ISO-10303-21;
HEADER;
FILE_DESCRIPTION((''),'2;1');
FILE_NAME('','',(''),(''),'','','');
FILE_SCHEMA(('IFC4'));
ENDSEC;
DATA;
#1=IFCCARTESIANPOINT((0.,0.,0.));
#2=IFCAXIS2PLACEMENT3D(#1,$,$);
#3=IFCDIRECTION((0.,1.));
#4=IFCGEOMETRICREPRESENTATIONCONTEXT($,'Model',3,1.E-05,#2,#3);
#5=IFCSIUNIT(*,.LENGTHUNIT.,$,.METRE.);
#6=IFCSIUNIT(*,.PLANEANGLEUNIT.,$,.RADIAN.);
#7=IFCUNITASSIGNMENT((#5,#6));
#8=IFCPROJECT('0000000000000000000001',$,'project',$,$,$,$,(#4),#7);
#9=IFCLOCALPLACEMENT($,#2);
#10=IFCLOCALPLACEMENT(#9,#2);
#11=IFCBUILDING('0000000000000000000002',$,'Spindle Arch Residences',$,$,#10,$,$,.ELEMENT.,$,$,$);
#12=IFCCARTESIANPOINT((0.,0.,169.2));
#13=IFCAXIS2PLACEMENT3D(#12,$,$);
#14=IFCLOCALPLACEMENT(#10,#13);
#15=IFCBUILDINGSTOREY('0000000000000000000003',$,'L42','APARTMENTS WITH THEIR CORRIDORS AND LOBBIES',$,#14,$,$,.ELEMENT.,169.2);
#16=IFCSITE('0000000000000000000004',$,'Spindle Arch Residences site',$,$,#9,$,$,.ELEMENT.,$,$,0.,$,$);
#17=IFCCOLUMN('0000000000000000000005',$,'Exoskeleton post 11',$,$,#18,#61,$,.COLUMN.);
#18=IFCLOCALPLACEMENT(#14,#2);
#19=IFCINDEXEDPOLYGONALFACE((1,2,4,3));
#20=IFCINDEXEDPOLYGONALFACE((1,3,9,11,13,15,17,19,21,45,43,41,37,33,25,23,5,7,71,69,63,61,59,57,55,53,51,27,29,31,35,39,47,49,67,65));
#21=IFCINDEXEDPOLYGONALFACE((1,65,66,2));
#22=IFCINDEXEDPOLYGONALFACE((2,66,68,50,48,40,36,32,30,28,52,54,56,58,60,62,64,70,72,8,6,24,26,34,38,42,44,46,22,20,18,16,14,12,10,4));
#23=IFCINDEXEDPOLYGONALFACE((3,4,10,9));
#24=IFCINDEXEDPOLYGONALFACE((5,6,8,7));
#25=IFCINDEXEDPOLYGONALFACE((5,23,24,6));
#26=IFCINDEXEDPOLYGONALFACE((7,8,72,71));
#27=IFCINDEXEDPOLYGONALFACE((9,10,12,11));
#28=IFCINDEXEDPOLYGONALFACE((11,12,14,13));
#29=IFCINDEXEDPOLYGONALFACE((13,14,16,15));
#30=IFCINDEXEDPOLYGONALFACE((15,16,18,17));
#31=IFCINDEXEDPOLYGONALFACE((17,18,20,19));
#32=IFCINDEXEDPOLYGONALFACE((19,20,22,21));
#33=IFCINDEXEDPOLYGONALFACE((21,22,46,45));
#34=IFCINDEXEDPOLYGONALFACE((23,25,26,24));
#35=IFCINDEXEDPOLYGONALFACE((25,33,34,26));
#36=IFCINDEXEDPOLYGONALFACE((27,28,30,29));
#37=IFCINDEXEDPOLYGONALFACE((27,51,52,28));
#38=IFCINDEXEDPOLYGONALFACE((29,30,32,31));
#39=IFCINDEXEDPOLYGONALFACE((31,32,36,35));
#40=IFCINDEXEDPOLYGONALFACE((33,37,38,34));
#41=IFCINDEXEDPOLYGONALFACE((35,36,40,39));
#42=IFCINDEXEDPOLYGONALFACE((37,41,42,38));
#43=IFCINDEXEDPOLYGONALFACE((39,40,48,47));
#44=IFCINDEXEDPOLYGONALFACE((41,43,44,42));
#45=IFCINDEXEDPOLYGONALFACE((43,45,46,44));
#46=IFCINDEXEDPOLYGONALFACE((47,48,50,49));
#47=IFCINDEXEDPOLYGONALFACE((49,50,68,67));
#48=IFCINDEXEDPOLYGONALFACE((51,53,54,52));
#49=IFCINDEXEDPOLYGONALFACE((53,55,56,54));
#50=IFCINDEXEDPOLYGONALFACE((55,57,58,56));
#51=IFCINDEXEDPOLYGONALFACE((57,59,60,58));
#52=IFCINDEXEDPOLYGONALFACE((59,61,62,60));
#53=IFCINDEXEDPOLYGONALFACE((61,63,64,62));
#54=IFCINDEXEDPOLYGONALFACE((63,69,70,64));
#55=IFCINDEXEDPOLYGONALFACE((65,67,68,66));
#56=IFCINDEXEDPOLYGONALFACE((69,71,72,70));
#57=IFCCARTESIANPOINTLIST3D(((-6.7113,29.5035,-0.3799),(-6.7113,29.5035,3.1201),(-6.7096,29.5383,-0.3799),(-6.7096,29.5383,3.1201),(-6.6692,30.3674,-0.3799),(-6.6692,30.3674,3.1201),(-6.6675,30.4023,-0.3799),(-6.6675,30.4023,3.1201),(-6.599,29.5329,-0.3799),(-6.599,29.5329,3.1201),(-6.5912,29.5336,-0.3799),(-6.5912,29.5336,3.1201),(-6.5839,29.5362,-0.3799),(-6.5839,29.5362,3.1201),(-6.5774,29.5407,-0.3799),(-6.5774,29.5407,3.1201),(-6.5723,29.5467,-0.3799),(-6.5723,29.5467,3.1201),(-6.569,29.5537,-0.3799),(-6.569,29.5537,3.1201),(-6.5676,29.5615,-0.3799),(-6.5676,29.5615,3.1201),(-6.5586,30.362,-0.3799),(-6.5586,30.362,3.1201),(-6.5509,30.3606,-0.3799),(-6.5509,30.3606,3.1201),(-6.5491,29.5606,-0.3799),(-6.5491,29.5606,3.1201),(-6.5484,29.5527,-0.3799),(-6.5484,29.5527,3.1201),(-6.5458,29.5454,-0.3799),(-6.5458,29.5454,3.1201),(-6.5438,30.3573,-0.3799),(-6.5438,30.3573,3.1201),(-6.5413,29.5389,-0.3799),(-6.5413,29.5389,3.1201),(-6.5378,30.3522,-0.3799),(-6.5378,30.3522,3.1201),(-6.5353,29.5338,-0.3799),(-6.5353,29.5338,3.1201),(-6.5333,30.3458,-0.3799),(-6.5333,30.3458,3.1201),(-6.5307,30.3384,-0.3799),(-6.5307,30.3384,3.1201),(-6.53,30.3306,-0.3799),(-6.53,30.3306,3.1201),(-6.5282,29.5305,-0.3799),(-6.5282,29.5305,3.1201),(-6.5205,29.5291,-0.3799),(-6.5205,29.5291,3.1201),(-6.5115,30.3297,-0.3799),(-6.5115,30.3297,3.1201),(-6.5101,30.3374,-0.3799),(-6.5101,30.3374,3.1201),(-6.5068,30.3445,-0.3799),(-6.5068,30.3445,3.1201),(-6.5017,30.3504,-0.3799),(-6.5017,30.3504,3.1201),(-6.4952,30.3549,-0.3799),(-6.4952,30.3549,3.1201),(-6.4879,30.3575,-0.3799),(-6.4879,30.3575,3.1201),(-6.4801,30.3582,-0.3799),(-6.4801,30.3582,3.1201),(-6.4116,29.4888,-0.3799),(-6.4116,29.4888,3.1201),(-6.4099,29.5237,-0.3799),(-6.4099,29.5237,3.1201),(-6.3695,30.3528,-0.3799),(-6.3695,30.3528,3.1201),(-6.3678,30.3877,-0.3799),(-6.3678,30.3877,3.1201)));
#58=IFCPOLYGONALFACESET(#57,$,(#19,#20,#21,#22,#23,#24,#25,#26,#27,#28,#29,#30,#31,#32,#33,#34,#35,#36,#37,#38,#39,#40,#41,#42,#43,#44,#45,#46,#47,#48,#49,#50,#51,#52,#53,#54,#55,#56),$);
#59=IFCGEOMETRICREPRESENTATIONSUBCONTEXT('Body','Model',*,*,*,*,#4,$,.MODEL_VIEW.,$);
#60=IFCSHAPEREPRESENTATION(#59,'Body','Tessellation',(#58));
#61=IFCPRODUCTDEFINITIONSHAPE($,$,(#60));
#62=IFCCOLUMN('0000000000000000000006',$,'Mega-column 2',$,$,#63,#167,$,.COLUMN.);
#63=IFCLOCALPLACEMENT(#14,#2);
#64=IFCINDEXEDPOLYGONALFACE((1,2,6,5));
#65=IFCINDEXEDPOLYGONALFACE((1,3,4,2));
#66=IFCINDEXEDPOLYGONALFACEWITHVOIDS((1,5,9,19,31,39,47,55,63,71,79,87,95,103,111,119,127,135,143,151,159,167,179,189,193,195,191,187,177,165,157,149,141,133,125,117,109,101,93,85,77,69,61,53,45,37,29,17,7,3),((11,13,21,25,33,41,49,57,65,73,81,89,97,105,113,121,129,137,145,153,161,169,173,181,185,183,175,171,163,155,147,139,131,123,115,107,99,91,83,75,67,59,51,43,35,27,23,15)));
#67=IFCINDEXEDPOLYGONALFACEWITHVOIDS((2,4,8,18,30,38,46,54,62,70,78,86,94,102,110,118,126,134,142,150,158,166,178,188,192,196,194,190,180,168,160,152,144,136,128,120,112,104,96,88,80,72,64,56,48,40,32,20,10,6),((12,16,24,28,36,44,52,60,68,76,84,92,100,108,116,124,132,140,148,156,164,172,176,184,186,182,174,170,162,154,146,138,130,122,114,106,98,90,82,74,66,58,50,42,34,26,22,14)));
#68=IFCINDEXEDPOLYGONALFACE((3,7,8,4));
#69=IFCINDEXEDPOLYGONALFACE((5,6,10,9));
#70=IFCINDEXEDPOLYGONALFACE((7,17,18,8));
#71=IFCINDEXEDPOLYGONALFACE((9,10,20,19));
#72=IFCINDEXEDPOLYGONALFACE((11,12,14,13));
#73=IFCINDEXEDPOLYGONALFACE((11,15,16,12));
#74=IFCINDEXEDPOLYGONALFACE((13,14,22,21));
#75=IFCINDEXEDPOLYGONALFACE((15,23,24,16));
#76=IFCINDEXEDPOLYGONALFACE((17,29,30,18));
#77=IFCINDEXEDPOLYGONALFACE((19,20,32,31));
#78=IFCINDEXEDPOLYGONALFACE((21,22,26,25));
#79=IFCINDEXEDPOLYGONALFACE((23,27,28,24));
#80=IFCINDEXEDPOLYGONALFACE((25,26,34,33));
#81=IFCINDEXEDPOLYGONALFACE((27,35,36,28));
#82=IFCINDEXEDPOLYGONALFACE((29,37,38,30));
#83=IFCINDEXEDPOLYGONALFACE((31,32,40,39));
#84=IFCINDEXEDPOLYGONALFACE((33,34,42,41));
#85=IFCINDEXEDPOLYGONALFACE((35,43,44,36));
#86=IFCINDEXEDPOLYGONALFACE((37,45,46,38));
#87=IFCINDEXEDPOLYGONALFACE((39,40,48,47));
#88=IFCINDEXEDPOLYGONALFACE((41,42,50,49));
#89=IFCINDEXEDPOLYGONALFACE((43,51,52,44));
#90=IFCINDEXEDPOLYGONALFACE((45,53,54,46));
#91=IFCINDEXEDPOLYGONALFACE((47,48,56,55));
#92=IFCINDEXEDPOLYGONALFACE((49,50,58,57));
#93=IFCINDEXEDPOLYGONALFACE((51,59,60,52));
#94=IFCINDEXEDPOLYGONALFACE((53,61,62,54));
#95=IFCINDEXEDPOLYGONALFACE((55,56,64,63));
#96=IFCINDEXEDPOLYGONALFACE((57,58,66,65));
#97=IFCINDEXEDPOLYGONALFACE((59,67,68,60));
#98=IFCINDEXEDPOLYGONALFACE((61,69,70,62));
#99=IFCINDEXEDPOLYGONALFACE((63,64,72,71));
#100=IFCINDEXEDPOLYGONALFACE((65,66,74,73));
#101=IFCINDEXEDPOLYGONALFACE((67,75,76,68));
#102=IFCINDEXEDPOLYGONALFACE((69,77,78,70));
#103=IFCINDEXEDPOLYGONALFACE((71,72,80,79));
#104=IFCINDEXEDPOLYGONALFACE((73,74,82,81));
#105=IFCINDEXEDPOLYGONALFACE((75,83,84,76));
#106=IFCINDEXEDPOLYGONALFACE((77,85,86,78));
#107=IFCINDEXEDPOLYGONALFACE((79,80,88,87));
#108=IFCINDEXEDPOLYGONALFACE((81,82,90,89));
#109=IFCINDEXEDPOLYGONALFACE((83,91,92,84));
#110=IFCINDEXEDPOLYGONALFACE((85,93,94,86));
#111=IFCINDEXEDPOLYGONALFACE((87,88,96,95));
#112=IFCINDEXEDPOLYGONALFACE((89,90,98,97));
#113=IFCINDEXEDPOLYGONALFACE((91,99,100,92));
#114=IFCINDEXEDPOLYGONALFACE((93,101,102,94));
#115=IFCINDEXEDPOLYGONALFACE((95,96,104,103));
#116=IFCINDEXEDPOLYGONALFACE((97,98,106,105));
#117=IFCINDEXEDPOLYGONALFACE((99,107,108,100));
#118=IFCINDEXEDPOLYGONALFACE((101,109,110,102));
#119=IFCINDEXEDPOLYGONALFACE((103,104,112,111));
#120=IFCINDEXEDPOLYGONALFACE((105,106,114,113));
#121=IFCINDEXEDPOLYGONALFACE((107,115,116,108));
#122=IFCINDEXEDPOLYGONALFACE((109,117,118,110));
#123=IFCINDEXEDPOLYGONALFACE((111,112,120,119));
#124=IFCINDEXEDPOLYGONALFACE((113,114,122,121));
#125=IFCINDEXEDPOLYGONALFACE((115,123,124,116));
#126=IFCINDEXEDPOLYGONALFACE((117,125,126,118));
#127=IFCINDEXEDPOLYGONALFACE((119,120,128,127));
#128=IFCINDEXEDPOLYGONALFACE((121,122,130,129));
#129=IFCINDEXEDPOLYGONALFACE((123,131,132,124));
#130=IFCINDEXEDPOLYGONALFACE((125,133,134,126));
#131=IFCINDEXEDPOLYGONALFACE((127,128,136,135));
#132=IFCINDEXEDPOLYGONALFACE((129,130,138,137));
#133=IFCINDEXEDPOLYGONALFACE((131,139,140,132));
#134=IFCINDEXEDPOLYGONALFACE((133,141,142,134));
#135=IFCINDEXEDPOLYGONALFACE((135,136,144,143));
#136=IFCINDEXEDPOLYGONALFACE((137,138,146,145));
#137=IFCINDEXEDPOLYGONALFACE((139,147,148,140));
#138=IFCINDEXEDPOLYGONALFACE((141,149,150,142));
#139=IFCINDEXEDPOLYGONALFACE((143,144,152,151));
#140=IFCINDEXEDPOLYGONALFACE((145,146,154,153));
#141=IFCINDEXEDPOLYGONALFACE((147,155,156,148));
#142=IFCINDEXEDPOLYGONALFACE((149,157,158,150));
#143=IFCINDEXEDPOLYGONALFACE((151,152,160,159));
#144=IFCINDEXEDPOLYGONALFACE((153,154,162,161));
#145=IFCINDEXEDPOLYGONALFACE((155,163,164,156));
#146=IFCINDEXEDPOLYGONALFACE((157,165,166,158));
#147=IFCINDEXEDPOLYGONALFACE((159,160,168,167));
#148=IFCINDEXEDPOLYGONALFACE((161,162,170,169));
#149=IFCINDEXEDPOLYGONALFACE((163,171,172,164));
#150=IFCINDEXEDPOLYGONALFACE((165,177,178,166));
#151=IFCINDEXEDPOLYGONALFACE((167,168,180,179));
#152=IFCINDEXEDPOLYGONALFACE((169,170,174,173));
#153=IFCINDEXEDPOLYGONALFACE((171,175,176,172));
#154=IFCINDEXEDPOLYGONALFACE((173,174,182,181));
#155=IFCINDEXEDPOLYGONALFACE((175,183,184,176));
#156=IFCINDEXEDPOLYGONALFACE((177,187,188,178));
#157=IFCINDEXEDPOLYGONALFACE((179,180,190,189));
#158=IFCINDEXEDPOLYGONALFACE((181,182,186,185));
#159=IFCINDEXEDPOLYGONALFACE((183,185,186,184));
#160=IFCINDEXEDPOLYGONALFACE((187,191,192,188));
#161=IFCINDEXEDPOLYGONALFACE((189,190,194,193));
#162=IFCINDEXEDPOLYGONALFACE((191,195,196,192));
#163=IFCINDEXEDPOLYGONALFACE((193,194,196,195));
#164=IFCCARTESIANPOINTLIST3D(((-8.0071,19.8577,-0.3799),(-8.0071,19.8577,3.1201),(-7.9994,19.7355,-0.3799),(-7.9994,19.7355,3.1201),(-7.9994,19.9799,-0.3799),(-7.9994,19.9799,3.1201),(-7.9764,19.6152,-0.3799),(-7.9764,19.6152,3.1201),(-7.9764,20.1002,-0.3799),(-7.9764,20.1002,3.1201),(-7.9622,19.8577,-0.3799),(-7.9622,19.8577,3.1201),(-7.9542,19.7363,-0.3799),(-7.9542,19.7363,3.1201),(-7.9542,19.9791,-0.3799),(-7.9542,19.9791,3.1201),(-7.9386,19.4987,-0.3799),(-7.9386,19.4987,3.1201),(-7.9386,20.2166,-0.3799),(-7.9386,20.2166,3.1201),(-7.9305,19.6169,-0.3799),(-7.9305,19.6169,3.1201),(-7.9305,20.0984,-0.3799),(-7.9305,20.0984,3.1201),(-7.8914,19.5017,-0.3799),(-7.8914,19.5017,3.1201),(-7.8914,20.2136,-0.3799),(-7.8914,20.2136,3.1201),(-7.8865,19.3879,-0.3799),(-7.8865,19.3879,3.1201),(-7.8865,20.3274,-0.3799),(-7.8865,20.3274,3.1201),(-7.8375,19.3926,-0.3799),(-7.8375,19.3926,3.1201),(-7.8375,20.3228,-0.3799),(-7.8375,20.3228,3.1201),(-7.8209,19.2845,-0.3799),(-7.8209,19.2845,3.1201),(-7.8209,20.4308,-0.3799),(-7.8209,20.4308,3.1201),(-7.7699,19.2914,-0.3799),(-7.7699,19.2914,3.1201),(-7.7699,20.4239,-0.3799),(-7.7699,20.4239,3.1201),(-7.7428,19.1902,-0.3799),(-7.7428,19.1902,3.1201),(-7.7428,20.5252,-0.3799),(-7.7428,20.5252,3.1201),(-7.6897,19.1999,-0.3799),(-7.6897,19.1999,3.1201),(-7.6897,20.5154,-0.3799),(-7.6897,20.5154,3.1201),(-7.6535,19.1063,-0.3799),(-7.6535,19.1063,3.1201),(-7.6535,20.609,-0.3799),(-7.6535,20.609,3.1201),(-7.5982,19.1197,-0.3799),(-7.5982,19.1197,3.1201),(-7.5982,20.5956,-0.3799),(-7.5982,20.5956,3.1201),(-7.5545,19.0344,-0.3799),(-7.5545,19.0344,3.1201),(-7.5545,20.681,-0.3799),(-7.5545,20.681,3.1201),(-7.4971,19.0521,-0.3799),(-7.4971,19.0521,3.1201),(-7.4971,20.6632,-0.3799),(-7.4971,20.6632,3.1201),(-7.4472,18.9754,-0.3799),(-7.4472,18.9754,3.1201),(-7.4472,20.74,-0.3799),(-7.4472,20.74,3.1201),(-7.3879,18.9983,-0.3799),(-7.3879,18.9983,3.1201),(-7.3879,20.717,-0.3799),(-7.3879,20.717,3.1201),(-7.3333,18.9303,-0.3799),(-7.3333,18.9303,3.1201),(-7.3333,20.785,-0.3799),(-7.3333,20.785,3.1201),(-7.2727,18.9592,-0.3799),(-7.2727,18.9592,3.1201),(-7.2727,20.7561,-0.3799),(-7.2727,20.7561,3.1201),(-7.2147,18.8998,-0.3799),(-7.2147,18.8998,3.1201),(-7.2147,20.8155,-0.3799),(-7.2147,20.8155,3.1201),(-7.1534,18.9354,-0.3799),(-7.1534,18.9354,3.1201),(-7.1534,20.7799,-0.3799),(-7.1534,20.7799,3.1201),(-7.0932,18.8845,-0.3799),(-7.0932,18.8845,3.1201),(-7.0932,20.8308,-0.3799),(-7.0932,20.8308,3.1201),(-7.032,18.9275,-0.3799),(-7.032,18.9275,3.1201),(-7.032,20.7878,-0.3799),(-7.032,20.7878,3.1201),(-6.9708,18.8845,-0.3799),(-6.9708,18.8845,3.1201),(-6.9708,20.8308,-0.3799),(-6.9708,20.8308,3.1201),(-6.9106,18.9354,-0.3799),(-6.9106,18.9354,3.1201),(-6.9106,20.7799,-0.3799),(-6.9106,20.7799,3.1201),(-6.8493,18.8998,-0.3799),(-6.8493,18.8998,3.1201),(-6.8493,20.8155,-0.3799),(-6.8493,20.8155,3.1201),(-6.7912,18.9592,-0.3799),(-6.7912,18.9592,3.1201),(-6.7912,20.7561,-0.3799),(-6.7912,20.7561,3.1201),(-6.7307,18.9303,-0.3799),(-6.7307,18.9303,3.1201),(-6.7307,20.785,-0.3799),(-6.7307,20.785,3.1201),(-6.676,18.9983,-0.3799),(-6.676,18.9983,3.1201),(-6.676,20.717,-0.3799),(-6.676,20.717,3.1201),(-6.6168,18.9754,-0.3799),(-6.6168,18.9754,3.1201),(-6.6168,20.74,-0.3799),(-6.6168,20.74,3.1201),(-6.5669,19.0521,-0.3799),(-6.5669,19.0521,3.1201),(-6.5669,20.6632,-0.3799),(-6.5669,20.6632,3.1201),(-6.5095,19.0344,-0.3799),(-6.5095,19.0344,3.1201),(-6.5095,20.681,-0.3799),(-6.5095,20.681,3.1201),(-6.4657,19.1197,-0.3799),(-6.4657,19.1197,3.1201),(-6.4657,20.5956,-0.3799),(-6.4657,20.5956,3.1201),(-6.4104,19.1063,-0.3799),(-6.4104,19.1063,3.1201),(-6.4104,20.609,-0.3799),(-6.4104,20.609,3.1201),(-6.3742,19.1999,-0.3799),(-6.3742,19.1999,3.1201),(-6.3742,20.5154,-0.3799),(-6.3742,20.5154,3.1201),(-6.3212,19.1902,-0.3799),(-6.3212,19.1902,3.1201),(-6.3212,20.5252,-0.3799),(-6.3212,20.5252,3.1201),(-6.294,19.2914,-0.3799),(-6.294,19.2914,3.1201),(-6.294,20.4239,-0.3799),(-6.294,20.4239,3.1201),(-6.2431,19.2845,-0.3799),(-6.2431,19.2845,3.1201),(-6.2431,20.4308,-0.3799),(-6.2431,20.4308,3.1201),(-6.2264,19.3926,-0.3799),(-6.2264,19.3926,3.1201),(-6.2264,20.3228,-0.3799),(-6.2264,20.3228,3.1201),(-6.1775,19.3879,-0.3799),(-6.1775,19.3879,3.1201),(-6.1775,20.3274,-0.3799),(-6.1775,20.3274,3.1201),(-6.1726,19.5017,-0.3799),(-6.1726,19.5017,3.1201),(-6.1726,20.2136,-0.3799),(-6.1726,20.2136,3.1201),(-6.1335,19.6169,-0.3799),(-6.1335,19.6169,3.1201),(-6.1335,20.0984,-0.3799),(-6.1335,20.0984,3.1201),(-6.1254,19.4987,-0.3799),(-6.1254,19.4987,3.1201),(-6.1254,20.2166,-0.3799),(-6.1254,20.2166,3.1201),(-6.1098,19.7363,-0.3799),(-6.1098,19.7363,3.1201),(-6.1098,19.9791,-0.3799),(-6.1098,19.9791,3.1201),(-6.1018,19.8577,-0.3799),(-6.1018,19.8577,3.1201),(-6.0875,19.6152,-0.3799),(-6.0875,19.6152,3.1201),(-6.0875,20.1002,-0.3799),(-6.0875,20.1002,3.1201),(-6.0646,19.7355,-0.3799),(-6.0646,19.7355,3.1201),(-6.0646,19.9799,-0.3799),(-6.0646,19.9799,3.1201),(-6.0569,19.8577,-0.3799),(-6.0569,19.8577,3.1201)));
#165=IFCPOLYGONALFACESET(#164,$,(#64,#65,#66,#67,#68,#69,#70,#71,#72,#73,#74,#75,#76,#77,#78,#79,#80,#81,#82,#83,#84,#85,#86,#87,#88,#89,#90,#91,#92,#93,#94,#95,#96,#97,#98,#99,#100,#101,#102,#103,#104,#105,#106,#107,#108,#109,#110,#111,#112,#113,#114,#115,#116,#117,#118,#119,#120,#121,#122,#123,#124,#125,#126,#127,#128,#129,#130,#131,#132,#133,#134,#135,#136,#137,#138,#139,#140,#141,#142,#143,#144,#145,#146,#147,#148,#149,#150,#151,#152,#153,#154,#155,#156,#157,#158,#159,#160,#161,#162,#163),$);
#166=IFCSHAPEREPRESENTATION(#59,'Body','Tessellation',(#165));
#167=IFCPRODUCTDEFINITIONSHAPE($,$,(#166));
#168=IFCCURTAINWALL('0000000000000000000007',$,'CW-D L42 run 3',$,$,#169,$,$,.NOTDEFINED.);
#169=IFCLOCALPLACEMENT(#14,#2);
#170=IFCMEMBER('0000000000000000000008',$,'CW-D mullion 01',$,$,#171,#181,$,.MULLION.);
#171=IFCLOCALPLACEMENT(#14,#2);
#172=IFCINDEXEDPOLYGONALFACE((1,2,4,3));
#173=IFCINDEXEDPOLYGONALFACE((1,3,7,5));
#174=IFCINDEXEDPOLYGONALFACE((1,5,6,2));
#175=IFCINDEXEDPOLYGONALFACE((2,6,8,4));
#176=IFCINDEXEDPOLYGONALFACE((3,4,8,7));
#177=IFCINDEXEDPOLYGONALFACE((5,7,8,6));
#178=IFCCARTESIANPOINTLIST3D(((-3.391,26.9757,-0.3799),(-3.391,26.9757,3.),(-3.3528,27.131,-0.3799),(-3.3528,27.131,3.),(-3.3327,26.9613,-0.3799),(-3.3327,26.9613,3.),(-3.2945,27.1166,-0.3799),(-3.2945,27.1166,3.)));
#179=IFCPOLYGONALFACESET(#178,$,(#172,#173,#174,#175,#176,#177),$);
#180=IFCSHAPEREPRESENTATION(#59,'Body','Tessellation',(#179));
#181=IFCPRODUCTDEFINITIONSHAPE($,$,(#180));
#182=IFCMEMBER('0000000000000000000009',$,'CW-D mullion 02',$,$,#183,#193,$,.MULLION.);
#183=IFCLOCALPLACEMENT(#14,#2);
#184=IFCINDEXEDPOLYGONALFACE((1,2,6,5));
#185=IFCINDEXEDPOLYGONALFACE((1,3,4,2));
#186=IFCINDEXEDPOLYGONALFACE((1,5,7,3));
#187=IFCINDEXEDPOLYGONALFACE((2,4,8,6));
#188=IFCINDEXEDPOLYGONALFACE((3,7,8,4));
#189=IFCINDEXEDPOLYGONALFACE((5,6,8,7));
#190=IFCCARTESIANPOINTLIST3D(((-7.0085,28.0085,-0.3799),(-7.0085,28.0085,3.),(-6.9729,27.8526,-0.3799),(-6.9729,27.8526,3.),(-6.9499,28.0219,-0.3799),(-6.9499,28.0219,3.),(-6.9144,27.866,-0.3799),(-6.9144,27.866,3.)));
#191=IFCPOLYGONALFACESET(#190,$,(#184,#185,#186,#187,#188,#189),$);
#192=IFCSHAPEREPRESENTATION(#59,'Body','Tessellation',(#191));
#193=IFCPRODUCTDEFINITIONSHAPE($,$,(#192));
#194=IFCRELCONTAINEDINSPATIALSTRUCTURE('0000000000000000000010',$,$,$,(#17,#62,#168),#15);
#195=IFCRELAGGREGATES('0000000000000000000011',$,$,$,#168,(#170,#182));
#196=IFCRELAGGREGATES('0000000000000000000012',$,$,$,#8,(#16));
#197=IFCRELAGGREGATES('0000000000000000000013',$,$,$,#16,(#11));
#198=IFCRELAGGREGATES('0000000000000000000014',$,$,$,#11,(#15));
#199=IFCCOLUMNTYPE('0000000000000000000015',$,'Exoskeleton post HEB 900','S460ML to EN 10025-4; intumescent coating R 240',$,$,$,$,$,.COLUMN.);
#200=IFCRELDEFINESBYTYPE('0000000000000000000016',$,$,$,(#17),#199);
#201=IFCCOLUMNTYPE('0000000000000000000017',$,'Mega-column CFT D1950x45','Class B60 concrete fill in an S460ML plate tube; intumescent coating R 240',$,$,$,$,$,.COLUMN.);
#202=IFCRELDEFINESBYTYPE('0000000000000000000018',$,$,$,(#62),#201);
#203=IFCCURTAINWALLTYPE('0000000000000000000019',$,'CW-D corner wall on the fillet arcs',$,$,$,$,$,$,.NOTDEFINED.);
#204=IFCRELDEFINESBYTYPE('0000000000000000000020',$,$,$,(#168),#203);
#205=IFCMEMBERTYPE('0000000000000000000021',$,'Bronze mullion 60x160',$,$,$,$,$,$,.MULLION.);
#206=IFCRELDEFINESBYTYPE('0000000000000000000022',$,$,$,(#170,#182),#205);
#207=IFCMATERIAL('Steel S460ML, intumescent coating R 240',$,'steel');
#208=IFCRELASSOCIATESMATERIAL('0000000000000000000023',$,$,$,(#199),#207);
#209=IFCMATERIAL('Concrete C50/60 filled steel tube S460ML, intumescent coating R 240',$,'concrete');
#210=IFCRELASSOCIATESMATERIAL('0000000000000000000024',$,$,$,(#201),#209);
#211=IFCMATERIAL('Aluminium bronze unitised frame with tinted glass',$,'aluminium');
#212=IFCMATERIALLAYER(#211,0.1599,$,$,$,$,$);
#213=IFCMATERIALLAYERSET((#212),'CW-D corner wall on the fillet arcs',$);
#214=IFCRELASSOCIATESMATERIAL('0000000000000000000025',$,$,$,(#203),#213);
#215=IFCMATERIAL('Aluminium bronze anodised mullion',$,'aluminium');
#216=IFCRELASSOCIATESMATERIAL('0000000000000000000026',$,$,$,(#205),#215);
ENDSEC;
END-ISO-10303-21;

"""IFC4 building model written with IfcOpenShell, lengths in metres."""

from ifc_helpers import new_model, si_unit, direction, frame, origin, origin_2d, place, context, subcontext, project, spatial, rectangle, hollow_circle, i_section, extrude, material, layer, layer_set, material_profile, profile_set, type_object, element, aggregate, save


model = new_model("IFC4")

# Units and contexts
model_context = context("Model", 3, precision=1e-05, world=origin(), true_north=direction((0.0, 1.0)))
body_context = subcontext(model_context, "Body", "Model", "MODEL_VIEW")
ifc_project = project(units=[si_unit("LENGTHUNIT", "METRE"), si_unit("PLANEANGLEUNIT", "RADIAN")], contexts=[model_context])

# Site, building, storey
site_placement = place(None, origin())
site = spatial("IfcSite", under=ifc_project, at=site_placement, Name="Spindle Arch Residences site", CompositionType="ELEMENT", RefElevation=0.0)
building_placement = place(site_placement, origin())
building = spatial("IfcBuilding", under=site, at=building_placement, Name="Spindle Arch Residences", CompositionType="ELEMENT")
storey_placement = place(building_placement, frame((0.0, 0.0, 169.2)))
storey = spatial("IfcBuildingStorey", under=building, at=storey_placement, Name="L42", Description="APARTMENTS WITH THEIR CORRIDORS AND LOBBIES", CompositionType="ELEMENT", Elevation=169.2)

# Columns
ifc_material_1 = material(Name="Steel S460ML, intumescent coating R 240", Category="steel")
ifc_material_profile_1 = material_profile(ifc_material_1, i_section(OverallWidth=0.3, OverallDepth=0.8999, WebThickness=0.0186, FlangeThickness=0.0349, FilletRadius=0.03, at=origin_2d()), Name="HEB 900")
ifc_profile_set_1 = profile_set([ifc_material_profile_1], Name="Steel S460ML, intumescent coating R 240")
column_type_1 = type_object("IfcColumnType", Name="Exoskeleton post HEB 900", Description="S460ML to EN 10025-4; intumescent coating R 240", PredefinedType="COLUMN", material=ifc_profile_set_1)
column_1_placement = place(storey_placement, frame((-6.5396, 29.9456, -0.3799), z_axis=(0.0, 0.0, 1.0), x_axis=(0.998811, -0.048754, 0.0)))
element("IfcColumn", 1, at=column_1_placement, inside=storey, type_object=column_type_1, Name="Exoskeleton post 11", PredefinedType="COLUMN", context=body_context, shape_type="SweptSolid", body=[
    extrude(i_section(OverallWidth=0.3, OverallDepth=0.8999, WebThickness=0.0186, FlangeThickness=0.0349, FilletRadius=0.03, at=origin_2d()), origin(), (0.0, 0.0, 1.0), 3.5),
])
ifc_material_2 = material(Name="Concrete C50/60 filled steel tube S460ML, intumescent coating R 240", Category="concrete")
ifc_material_profile_2 = material_profile(ifc_material_2, hollow_circle(Radius=0.9751, WallThickness=0.0449, at=origin_2d()), Name="CFT D1950x45")
ifc_profile_set_2 = profile_set([ifc_material_profile_2], Name="Concrete C50/60 filled steel tube S460ML, intumescent coating R 240")
column_type_2 = type_object("IfcColumnType", Name="Mega-column CFT D1950x45", Description="Class B60 concrete fill in an S460ML plate tube; intumescent coating R 240", PredefinedType="COLUMN", material=ifc_profile_set_2)
column_2_placement = place(storey_placement, frame((-7.032, 19.8577, -0.3799), z_axis=(0.0, 0.0, 1.0), x_axis=(1.0, 0.0, 0.0)))
element("IfcColumn", 2, at=column_2_placement, inside=storey, type_object=column_type_2, Name="Mega-column 2", PredefinedType="COLUMN", context=body_context, shape_type="SweptSolid", body=[
    extrude(hollow_circle(Radius=0.9751, WallThickness=0.0449, at=origin_2d()), origin(), (0.0, 0.0, 1.0), 3.5),
])

# Curtain wall, members
ifc_material_3 = material(Name="Aluminium bronze unitised frame with tinted glass", Category="aluminium")
ifc_layer_1 = layer(ifc_material_3, 0.1599)
ifc_layer_set_1 = layer_set([ifc_layer_1], Name="CW-D corner wall on the fillet arcs")
curtain_wall_type = type_object("IfcCurtainWallType", Name="CW-D corner wall on the fillet arcs", PredefinedType="NOTDEFINED", material=ifc_layer_set_1)
curtain_wall_placement = place(storey_placement, origin())
curtain_wall = element("IfcCurtainWall", 3, at=curtain_wall_placement, inside=storey, type_object=curtain_wall_type, Name="CW-D L42 run 3", PredefinedType="NOTDEFINED")
ifc_material_4 = material(Name="Aluminium bronze anodised mullion", Category="aluminium")
ifc_material_profile_3 = material_profile(ifc_material_4, rectangle(XDim=0.1599, YDim=0.0601, at=origin_2d()), Name="MU 60x160")
ifc_profile_set_3 = profile_set([ifc_material_profile_3], Name="Aluminium bronze anodised mullion")
member_type_1 = type_object("IfcMemberType", Name="Bronze mullion 60x160", PredefinedType="MULLION", material=ifc_profile_set_3)
member_1_placement = place(storey_placement, frame((-3.3428, 27.0461, -0.3799), z_axis=(0.0, 0.0, 1.0), x_axis=(-0.239098, -0.970995, 0.0)))
member_1 = element("IfcMember", 4, at=member_1_placement, type_object=member_type_1, Name="CW-D mullion 01", PredefinedType="MULLION", context=body_context, shape_type="SweptSolid", body=[
    extrude(rectangle(XDim=0.1599, YDim=0.0601, at=origin_2d()), origin(), (0.0, 0.0, 1.0), 3.3799),
])
member_2_placement = place(storey_placement, frame((-6.9614, 27.9373, -0.3799), z_axis=(0.0, 0.0, 1.0), x_axis=(0.222116, -0.97502, 0.0)))
member_2 = element("IfcMember", 5, at=member_2_placement, type_object=member_type_1, Name="CW-D mullion 02", PredefinedType="MULLION", context=body_context, shape_type="SweptSolid", body=[
    extrude(rectangle(XDim=0.1599, YDim=0.0601, at=origin_2d()), origin(), (0.0, 0.0, 1.0), 3.3799),
])

aggregate(curtain_wall, [member_1, member_2])

save(model, "model.ifc")
